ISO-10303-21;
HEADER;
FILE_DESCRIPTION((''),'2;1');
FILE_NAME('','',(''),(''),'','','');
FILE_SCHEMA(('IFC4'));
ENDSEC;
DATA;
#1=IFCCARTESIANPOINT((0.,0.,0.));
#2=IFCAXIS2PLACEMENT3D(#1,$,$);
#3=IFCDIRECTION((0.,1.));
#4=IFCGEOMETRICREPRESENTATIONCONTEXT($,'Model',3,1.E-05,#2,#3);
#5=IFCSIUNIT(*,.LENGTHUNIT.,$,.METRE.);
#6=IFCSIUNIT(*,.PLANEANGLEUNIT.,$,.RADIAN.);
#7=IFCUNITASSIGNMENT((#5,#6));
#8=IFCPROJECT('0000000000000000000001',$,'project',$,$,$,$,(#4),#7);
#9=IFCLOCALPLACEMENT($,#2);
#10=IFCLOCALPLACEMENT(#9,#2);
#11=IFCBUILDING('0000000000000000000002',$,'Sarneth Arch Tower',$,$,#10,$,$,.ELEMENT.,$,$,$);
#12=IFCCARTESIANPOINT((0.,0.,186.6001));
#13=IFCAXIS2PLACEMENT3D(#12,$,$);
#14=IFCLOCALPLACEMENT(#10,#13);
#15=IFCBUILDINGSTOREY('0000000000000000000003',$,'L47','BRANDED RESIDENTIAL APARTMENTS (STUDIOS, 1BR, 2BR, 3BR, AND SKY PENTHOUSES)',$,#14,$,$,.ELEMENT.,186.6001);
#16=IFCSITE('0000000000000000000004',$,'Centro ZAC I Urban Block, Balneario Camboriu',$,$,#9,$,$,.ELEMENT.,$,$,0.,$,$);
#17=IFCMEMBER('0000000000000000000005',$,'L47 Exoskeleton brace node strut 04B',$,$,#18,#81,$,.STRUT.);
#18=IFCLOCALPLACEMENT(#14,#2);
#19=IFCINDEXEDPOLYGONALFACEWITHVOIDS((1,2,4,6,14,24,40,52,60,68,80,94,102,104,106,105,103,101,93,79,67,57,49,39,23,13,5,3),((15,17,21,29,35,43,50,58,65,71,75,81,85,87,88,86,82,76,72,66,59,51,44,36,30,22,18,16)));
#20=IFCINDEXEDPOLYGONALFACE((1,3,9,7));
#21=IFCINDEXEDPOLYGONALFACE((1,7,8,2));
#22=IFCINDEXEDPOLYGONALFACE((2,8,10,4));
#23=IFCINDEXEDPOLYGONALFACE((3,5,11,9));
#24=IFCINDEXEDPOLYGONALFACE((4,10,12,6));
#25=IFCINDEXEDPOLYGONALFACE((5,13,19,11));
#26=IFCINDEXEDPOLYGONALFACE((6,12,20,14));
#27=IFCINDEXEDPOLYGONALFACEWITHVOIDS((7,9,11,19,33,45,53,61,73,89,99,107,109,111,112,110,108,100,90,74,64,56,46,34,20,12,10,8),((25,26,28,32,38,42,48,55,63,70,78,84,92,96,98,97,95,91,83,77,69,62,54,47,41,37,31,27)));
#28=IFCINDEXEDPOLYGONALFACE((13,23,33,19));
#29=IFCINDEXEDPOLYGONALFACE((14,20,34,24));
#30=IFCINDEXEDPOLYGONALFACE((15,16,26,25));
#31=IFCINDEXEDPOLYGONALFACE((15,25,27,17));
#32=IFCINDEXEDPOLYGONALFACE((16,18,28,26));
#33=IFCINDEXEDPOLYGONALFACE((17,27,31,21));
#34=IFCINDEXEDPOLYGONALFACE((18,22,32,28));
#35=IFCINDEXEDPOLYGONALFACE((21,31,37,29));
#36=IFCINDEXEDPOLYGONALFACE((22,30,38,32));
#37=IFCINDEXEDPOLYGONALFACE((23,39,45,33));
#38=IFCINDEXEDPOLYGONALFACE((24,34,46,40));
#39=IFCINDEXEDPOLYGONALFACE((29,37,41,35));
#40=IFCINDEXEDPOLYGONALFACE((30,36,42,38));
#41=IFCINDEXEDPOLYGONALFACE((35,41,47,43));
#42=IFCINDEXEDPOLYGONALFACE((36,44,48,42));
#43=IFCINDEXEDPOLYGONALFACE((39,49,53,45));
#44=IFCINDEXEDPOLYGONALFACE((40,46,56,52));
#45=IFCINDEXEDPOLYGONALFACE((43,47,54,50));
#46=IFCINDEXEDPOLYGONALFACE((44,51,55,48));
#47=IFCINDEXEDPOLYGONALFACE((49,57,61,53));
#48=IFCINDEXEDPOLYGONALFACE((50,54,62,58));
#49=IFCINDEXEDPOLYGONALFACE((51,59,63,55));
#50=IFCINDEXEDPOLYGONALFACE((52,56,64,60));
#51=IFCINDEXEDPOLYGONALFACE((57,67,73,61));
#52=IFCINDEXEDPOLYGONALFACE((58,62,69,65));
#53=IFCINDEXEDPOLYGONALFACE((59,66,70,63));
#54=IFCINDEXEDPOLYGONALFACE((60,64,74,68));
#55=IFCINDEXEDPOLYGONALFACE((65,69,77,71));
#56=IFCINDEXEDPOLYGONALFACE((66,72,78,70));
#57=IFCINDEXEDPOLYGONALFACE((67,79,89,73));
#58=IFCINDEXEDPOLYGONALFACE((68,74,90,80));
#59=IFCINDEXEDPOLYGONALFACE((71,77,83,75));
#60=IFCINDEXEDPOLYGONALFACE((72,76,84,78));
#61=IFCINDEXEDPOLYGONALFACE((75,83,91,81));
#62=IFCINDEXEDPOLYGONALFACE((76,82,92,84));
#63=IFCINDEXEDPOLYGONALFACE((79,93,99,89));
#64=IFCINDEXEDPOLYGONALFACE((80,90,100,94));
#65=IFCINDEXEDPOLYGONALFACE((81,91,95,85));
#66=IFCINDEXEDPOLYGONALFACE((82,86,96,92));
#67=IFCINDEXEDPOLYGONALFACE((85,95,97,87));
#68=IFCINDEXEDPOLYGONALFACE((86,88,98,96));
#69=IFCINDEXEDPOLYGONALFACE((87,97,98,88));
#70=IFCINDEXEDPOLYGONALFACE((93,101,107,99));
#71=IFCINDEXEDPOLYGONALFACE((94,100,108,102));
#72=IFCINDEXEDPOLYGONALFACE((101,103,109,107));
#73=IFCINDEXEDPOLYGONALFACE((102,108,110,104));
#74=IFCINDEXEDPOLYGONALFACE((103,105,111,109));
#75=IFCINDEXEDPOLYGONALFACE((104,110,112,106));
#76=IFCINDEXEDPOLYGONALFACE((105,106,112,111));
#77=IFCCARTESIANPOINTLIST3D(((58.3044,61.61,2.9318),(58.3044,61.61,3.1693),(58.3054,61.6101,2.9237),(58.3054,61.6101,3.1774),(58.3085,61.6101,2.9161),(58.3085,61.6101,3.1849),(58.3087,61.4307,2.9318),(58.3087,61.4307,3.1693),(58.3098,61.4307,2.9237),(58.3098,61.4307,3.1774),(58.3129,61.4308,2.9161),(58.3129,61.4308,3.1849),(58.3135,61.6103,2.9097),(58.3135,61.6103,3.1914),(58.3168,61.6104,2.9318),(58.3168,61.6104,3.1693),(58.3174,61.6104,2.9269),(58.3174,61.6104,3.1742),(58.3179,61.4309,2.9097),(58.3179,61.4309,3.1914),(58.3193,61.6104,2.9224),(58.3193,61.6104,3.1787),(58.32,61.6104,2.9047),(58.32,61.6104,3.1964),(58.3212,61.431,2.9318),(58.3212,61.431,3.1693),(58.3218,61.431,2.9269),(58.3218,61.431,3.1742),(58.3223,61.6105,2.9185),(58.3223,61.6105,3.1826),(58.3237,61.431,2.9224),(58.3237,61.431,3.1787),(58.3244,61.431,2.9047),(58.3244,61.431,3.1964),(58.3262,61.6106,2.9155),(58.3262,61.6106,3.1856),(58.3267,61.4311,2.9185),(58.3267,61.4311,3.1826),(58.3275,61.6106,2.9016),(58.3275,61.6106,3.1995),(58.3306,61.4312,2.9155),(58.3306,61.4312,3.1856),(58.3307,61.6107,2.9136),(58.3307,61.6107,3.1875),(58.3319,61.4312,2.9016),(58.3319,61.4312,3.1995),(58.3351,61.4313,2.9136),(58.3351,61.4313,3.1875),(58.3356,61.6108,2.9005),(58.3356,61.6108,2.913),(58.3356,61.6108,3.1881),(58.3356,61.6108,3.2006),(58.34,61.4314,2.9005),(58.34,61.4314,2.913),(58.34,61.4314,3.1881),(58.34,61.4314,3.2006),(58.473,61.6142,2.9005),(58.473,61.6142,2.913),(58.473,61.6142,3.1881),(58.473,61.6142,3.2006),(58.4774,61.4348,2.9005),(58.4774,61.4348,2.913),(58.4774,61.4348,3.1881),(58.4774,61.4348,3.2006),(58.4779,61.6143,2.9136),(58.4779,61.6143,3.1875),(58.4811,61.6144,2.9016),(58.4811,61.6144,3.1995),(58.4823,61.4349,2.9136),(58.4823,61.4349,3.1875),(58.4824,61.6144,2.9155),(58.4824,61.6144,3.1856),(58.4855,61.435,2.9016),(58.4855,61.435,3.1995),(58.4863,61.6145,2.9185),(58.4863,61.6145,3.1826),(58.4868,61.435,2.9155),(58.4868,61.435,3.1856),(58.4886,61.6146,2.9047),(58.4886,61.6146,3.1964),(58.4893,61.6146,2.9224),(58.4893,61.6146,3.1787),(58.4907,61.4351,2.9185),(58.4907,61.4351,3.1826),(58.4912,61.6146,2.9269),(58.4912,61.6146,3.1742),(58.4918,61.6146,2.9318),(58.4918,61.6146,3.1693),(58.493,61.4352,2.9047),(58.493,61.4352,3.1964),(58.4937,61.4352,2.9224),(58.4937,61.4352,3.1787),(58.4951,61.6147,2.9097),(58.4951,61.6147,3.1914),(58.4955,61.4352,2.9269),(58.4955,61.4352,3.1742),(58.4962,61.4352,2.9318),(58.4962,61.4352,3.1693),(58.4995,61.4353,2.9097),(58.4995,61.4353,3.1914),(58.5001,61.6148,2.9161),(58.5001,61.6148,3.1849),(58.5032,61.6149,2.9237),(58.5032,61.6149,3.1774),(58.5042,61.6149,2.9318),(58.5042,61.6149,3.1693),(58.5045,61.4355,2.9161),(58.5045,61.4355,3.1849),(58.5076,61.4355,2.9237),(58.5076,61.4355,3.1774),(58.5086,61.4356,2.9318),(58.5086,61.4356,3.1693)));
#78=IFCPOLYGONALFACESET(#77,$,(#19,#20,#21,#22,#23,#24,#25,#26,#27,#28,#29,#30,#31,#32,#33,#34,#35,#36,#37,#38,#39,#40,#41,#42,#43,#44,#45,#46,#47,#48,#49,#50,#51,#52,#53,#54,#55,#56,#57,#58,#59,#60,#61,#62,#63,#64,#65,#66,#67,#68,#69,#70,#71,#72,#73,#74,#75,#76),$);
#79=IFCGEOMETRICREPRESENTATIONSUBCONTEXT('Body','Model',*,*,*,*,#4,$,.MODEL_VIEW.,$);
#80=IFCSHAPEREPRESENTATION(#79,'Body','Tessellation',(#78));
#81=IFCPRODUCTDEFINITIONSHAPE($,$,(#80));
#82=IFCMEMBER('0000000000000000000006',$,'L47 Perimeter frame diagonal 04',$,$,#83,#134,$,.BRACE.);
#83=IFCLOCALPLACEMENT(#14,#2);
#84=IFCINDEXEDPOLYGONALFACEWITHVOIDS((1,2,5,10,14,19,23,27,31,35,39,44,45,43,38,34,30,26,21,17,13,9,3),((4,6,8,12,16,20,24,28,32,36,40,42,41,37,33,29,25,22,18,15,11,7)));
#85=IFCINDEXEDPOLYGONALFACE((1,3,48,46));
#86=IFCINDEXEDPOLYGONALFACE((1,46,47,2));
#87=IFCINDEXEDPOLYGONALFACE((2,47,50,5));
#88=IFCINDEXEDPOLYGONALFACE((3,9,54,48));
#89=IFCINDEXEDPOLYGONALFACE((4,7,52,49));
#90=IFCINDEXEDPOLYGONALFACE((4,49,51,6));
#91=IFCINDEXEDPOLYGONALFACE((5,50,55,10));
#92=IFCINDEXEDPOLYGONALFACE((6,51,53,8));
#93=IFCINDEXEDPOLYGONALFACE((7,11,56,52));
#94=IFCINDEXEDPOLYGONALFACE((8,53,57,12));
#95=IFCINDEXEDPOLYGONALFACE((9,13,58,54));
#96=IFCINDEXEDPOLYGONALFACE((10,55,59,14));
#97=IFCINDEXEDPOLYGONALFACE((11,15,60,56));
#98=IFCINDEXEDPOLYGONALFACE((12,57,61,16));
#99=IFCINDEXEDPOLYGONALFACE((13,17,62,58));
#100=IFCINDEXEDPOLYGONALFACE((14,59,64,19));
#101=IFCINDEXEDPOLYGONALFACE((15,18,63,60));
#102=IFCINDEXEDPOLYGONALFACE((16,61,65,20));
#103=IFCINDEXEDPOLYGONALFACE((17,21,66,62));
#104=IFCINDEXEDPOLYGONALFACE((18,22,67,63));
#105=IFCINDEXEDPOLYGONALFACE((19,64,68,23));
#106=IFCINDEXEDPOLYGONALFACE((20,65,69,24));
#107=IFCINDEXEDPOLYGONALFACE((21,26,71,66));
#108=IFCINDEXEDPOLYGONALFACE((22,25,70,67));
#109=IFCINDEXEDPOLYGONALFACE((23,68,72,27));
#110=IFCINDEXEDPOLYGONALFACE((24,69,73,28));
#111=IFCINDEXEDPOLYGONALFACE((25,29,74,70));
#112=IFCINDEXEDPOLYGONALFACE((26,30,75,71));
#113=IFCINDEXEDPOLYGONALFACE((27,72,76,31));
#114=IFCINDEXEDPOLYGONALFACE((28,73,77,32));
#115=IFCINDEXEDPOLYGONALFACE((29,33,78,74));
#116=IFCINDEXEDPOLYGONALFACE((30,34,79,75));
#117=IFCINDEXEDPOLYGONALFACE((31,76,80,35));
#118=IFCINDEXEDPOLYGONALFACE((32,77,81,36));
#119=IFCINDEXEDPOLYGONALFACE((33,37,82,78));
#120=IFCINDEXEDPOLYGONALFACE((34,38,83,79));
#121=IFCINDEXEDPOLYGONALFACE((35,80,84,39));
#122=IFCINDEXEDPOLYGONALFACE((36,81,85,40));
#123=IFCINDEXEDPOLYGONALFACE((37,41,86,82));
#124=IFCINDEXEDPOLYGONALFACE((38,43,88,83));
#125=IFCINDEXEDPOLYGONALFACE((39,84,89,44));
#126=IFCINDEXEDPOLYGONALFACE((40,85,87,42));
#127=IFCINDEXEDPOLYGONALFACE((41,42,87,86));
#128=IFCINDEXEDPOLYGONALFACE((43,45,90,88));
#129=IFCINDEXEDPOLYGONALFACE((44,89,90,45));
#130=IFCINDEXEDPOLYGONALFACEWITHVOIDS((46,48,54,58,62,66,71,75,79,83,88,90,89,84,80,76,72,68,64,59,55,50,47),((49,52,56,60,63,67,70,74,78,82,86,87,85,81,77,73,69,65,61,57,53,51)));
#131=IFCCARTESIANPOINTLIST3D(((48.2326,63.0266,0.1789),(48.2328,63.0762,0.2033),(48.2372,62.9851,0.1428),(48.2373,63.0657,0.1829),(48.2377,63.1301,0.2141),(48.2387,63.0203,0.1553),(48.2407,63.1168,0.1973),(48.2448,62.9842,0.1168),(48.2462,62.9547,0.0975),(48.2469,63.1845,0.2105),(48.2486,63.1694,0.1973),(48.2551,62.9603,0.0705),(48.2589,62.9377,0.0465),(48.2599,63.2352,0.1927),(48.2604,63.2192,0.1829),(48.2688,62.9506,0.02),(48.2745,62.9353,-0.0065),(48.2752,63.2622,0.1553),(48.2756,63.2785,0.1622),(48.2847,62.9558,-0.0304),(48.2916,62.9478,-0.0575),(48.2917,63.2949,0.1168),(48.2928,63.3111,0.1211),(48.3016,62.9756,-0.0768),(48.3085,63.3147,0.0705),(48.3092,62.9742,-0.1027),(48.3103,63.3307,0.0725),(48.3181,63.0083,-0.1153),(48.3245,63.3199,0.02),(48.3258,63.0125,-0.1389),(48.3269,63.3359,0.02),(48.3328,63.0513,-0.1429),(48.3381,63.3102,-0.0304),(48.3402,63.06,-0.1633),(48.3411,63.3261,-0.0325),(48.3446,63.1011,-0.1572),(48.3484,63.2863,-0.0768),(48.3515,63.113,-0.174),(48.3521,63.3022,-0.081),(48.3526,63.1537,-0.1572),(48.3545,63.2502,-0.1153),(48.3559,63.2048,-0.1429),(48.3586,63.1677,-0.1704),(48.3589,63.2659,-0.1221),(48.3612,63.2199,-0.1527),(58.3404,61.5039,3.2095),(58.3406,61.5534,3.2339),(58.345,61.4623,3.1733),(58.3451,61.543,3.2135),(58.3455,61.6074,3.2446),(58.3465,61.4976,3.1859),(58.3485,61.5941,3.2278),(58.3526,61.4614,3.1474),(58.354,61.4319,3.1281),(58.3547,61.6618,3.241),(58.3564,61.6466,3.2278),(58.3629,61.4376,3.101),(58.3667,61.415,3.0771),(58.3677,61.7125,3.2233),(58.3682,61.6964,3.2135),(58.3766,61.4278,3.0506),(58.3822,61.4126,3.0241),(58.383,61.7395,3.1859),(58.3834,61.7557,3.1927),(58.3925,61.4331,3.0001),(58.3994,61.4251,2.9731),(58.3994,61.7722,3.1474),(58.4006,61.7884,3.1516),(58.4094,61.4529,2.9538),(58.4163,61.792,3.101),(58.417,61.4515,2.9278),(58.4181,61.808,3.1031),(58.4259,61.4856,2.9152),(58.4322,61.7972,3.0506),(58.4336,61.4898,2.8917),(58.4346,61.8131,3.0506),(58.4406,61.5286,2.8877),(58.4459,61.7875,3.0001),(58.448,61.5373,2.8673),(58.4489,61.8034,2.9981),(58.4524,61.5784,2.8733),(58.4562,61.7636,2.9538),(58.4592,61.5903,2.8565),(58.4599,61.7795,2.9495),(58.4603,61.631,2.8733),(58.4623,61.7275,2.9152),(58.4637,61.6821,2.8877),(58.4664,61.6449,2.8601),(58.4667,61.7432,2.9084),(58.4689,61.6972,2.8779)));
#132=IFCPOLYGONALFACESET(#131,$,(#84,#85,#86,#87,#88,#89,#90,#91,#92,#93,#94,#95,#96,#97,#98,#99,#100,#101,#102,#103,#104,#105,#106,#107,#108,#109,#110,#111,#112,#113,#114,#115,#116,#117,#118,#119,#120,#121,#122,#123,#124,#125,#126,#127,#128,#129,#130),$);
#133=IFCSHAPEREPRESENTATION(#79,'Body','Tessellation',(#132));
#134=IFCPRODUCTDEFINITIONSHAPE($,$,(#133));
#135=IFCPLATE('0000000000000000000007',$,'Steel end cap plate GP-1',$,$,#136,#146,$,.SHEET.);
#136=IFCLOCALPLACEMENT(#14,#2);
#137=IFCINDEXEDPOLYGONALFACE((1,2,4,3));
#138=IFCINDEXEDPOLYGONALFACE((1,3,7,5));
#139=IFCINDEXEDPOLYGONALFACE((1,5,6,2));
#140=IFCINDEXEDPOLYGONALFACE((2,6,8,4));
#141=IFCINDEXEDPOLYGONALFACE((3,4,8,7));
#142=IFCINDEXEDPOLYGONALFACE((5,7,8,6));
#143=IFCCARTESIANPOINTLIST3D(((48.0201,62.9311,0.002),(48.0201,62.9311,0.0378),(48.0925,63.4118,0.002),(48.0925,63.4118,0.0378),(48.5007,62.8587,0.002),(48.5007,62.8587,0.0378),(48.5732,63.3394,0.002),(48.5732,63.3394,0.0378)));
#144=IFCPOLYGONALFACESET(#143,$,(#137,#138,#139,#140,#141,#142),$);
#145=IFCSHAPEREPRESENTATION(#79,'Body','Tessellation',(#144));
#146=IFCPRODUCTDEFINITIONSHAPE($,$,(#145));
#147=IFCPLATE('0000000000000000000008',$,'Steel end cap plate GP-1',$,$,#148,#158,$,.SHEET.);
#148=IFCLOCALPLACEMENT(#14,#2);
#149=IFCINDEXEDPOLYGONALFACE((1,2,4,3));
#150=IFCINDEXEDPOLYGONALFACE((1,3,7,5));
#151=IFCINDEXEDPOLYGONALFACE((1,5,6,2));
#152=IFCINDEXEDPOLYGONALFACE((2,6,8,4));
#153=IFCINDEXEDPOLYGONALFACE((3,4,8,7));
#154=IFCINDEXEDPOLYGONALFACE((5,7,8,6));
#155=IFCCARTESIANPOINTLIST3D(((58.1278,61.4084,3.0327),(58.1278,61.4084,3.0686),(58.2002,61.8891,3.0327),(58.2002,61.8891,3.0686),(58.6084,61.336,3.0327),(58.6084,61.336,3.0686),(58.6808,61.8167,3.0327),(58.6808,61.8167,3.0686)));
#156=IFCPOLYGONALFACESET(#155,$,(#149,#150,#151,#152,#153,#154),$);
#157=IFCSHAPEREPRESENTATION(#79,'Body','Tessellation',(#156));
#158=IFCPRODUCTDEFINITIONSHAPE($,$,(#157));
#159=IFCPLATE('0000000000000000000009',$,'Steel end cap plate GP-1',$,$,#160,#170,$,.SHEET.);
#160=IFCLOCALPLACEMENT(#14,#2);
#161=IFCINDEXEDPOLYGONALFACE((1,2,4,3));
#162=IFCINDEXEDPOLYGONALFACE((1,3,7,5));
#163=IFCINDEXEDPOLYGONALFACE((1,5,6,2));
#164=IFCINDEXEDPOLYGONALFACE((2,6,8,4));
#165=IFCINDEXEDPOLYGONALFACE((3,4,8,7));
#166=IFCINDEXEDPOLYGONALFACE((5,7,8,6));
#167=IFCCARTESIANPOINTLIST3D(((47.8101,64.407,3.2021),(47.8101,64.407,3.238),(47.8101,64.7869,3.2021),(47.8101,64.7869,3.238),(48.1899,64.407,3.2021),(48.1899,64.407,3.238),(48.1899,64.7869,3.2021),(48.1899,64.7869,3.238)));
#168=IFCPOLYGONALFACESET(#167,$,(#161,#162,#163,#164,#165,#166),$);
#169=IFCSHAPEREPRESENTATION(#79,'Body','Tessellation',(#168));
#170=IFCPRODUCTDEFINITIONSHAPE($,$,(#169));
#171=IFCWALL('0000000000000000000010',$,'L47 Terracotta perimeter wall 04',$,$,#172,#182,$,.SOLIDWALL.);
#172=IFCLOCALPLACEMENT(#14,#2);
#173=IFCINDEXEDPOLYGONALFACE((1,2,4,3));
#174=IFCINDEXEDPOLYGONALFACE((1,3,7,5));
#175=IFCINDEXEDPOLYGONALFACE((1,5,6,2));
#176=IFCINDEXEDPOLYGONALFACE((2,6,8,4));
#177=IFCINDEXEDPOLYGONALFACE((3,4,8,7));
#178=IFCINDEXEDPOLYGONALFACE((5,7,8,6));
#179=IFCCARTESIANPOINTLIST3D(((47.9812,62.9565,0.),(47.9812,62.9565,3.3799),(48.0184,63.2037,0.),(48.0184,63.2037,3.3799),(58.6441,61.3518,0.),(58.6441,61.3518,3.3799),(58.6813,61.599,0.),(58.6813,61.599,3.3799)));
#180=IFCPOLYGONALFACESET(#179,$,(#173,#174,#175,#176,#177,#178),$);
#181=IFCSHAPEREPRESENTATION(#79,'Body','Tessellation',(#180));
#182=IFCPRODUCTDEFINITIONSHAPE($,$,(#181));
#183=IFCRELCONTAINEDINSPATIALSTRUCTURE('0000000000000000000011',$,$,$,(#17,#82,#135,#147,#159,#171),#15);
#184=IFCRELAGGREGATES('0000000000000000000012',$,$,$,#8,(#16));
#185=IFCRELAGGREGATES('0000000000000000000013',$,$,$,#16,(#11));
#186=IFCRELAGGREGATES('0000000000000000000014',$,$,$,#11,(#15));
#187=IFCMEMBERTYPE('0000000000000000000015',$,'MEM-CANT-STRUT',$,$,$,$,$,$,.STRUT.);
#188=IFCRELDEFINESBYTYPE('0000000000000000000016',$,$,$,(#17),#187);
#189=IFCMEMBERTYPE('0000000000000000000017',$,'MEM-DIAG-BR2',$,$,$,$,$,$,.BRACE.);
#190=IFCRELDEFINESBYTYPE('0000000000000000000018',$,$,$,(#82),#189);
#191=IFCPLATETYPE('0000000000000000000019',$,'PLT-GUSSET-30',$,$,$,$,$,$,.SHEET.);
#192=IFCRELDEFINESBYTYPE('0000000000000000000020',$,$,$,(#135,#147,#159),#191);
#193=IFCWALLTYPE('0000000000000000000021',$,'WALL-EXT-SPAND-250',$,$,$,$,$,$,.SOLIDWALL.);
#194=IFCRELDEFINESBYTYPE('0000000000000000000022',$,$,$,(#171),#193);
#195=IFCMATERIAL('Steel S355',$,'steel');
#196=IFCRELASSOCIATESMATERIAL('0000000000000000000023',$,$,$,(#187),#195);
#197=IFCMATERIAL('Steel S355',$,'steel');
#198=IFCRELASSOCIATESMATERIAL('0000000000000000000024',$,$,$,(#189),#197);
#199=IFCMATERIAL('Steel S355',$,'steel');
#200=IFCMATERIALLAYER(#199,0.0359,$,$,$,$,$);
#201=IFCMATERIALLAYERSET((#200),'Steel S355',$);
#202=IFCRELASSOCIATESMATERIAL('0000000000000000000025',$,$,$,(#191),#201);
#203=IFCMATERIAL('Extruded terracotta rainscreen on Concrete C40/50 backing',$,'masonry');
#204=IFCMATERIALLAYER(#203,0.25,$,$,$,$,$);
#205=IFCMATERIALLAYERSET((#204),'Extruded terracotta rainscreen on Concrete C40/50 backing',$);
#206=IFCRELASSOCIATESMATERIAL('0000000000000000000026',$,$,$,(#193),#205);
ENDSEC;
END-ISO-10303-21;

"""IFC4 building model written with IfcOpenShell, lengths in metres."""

from ifc_helpers import new_model, si_unit, direction, frame, frame_2d, origin, origin_2d, place, context, subcontext, project, spatial, rectangle, hollow_rectangle, hollow_circle, extrude, material, layer, layer_set, material_profile, profile_set, type_object, element, save


model = new_model("IFC4")

# Units and contexts
model_context = context("Model", 3, precision=1e-05, world=origin(), true_north=direction((0.0, 1.0)))
body_context = subcontext(model_context, "Body", "Model", "MODEL_VIEW")
ifc_project = project(units=[si_unit("LENGTHUNIT", "METRE"), si_unit("PLANEANGLEUNIT", "RADIAN")], contexts=[model_context])

# Site, building, storey
site_placement = place(None, origin())
site = spatial("IfcSite", under=ifc_project, at=site_placement, Name="Centro ZAC I Urban Block, Balneario Camboriu", CompositionType="ELEMENT", RefElevation=0.0)
building_placement = place(site_placement, origin())
building = spatial("IfcBuilding", under=site, at=building_placement, Name="Sarneth Arch Tower", CompositionType="ELEMENT")
storey_placement = place(building_placement, frame((0.0, 0.0, 186.6001)))
storey = spatial("IfcBuildingStorey", under=building, at=storey_placement, Name="L47", Description="BRANDED RESIDENTIAL APARTMENTS (STUDIOS, 1BR, 2BR, 3BR, AND SKY PENTHOUSES)", CompositionType="ELEMENT", Elevation=186.6001)

# Members
ifc_material_1 = material(Name="Steel S355", Category="steel")
ifc_material_profile_1 = material_profile(ifc_material_1, hollow_rectangle(XDim=0.2, YDim=0.3, WallThickness=0.0125, InnerFilletRadius=0.0188, OuterFilletRadius=0.0312, at=origin_2d()), Name="RHS300x200x12.5")
ifc_profile_set_1 = profile_set([ifc_material_profile_1], Name="Steel S355")
member_type_1 = type_object("IfcMemberType", Name="MEM-CANT-STRUT", PredefinedType="STRUT", material=ifc_profile_set_1)
member_1_placement = place(storey_placement, frame((58.4087, 61.4331, 3.0505), z_axis=(-0.024482, 0.9997, 0.0), x_axis=(-0.9997, -0.024482, 0.0)))
element("IfcMember", 1, at=member_1_placement, inside=storey, type_object=member_type_1, Name="L47 Exoskeleton brace node strut 04B", PredefinedType="STRUT", context=body_context, shape_type="SweptSolid", body=[
    extrude(hollow_rectangle(XDim=0.2, YDim=0.3, WallThickness=0.0125, InnerFilletRadius=0.0188, OuterFilletRadius=0.0312, at=origin_2d()), origin(), (0.0, 0.0, 1.0), 0.1794),
])
ifc_material_2 = material(Name="Steel S355", Category="steel")
ifc_material_profile_2 = material_profile(ifc_material_2, hollow_circle(Radius=0.2029, WallThickness=0.0161, at=origin_2d()), Name="CHS406x16")
ifc_profile_set_2 = profile_set([ifc_material_profile_2], Name="Steel S355")
member_type_2 = type_object("IfcMemberType", Name="MEM-DIAG-BR2", PredefinedType="BRACE", material=ifc_profile_set_2)
member_2_placement = place(storey_placement, frame((48.2966, 63.1353, 0.02), z_axis=(0.948053, -0.142823, 0.284249), x_axis=(0.148968, 0.988842, 0.0)))
element("IfcMember", 2, at=member_2_placement, inside=storey, type_object=member_type_2, Name="L47 Perimeter frame diagonal 04", PredefinedType="BRACE", context=body_context, shape_type="SweptSolid", body=[
    extrude(hollow_circle(Radius=0.2029, WallThickness=0.0161, at=origin_2d()), origin(), (0.0, 0.0, 1.0), 10.6616),
])

# Plates
ifc_material_3 = material(Name="Steel S355", Category="steel")
ifc_layer_1 = layer(ifc_material_3, 0.0359)
ifc_layer_set_1 = layer_set([ifc_layer_1], Name="Steel S355")
plate_type = type_object("IfcPlateType", Name="PLT-GUSSET-30", PredefinedType="SHEET", material=ifc_layer_set_1)
for number, where, z_axis, x_axis, name in (
    (3, (48.2966, 63.1353, 0.002), (0.0, 0.0, 1.0), (-0.988835, 0.149018, 0.0), "Steel end cap plate GP-1"),
    (4, (58.4043, 61.6125, 3.0327), (0.0, 0.0, 1.0), (-0.988835, 0.149018, 0.0), "Steel end cap plate GP-1"),
):
    element("IfcPlate", number, at=place(storey_placement, frame(where, z_axis=z_axis, x_axis=x_axis)), inside=storey, type_object=plate_type, Name=name, PredefinedType="SHEET", context=body_context, shape_type="SweptSolid", body=[
        extrude(rectangle(XDim=0.4861, YDim=0.4861, at=origin_2d()), origin(), (0.0, 0.0, 1.0), 0.0359),
    ])
plate_placement = place(storey_placement, frame((48.0, 64.5969, 3.2021), z_axis=(0.0, 0.0, 1.0), x_axis=(0.0, 1.0, 0.0)))
element("IfcPlate", 5, at=plate_placement, inside=storey, type_object=plate_type, Name="Steel end cap plate GP-1", PredefinedType="SHEET", context=body_context, shape_type="SweptSolid", body=[
    extrude(rectangle(XDim=0.3799, YDim=0.3799, at=origin_2d()), origin(), (0.0, 0.0, 1.0), 0.0359),
])

# Wall
ifc_material_4 = material(Name="Extruded terracotta rainscreen on Concrete C40/50 backing", Category="masonry")
ifc_layer_2 = layer(ifc_material_4, 0.25)
ifc_layer_set_2 = layer_set([ifc_layer_2], Name="Extruded terracotta rainscreen on Concrete C40/50 backing")
wall_type_1 = type_object("IfcWallType", Name="WALL-EXT-SPAND-250", PredefinedType="SOLIDWALL", material=ifc_layer_set_2)
wall_1_placement = place(storey_placement, frame((58.6628, 61.4753, 0.0), z_axis=(0.0, 0.0, 1.0), x_axis=(-0.988864, 0.148822, 0.0)))
element("IfcWall", 6, at=wall_1_placement, inside=storey, type_object=wall_type_1, Name="L47 Terracotta perimeter wall 04", PredefinedType="SOLIDWALL", context=body_context, shape_type="SweptSolid", body=[
    extrude(rectangle(XDim=10.783, YDim=0.25, at=frame_2d((5.3916, 0.0))), origin(), (0.0, 0.0, 1.0), 3.3799),
])

save(model, "model.ifc")
